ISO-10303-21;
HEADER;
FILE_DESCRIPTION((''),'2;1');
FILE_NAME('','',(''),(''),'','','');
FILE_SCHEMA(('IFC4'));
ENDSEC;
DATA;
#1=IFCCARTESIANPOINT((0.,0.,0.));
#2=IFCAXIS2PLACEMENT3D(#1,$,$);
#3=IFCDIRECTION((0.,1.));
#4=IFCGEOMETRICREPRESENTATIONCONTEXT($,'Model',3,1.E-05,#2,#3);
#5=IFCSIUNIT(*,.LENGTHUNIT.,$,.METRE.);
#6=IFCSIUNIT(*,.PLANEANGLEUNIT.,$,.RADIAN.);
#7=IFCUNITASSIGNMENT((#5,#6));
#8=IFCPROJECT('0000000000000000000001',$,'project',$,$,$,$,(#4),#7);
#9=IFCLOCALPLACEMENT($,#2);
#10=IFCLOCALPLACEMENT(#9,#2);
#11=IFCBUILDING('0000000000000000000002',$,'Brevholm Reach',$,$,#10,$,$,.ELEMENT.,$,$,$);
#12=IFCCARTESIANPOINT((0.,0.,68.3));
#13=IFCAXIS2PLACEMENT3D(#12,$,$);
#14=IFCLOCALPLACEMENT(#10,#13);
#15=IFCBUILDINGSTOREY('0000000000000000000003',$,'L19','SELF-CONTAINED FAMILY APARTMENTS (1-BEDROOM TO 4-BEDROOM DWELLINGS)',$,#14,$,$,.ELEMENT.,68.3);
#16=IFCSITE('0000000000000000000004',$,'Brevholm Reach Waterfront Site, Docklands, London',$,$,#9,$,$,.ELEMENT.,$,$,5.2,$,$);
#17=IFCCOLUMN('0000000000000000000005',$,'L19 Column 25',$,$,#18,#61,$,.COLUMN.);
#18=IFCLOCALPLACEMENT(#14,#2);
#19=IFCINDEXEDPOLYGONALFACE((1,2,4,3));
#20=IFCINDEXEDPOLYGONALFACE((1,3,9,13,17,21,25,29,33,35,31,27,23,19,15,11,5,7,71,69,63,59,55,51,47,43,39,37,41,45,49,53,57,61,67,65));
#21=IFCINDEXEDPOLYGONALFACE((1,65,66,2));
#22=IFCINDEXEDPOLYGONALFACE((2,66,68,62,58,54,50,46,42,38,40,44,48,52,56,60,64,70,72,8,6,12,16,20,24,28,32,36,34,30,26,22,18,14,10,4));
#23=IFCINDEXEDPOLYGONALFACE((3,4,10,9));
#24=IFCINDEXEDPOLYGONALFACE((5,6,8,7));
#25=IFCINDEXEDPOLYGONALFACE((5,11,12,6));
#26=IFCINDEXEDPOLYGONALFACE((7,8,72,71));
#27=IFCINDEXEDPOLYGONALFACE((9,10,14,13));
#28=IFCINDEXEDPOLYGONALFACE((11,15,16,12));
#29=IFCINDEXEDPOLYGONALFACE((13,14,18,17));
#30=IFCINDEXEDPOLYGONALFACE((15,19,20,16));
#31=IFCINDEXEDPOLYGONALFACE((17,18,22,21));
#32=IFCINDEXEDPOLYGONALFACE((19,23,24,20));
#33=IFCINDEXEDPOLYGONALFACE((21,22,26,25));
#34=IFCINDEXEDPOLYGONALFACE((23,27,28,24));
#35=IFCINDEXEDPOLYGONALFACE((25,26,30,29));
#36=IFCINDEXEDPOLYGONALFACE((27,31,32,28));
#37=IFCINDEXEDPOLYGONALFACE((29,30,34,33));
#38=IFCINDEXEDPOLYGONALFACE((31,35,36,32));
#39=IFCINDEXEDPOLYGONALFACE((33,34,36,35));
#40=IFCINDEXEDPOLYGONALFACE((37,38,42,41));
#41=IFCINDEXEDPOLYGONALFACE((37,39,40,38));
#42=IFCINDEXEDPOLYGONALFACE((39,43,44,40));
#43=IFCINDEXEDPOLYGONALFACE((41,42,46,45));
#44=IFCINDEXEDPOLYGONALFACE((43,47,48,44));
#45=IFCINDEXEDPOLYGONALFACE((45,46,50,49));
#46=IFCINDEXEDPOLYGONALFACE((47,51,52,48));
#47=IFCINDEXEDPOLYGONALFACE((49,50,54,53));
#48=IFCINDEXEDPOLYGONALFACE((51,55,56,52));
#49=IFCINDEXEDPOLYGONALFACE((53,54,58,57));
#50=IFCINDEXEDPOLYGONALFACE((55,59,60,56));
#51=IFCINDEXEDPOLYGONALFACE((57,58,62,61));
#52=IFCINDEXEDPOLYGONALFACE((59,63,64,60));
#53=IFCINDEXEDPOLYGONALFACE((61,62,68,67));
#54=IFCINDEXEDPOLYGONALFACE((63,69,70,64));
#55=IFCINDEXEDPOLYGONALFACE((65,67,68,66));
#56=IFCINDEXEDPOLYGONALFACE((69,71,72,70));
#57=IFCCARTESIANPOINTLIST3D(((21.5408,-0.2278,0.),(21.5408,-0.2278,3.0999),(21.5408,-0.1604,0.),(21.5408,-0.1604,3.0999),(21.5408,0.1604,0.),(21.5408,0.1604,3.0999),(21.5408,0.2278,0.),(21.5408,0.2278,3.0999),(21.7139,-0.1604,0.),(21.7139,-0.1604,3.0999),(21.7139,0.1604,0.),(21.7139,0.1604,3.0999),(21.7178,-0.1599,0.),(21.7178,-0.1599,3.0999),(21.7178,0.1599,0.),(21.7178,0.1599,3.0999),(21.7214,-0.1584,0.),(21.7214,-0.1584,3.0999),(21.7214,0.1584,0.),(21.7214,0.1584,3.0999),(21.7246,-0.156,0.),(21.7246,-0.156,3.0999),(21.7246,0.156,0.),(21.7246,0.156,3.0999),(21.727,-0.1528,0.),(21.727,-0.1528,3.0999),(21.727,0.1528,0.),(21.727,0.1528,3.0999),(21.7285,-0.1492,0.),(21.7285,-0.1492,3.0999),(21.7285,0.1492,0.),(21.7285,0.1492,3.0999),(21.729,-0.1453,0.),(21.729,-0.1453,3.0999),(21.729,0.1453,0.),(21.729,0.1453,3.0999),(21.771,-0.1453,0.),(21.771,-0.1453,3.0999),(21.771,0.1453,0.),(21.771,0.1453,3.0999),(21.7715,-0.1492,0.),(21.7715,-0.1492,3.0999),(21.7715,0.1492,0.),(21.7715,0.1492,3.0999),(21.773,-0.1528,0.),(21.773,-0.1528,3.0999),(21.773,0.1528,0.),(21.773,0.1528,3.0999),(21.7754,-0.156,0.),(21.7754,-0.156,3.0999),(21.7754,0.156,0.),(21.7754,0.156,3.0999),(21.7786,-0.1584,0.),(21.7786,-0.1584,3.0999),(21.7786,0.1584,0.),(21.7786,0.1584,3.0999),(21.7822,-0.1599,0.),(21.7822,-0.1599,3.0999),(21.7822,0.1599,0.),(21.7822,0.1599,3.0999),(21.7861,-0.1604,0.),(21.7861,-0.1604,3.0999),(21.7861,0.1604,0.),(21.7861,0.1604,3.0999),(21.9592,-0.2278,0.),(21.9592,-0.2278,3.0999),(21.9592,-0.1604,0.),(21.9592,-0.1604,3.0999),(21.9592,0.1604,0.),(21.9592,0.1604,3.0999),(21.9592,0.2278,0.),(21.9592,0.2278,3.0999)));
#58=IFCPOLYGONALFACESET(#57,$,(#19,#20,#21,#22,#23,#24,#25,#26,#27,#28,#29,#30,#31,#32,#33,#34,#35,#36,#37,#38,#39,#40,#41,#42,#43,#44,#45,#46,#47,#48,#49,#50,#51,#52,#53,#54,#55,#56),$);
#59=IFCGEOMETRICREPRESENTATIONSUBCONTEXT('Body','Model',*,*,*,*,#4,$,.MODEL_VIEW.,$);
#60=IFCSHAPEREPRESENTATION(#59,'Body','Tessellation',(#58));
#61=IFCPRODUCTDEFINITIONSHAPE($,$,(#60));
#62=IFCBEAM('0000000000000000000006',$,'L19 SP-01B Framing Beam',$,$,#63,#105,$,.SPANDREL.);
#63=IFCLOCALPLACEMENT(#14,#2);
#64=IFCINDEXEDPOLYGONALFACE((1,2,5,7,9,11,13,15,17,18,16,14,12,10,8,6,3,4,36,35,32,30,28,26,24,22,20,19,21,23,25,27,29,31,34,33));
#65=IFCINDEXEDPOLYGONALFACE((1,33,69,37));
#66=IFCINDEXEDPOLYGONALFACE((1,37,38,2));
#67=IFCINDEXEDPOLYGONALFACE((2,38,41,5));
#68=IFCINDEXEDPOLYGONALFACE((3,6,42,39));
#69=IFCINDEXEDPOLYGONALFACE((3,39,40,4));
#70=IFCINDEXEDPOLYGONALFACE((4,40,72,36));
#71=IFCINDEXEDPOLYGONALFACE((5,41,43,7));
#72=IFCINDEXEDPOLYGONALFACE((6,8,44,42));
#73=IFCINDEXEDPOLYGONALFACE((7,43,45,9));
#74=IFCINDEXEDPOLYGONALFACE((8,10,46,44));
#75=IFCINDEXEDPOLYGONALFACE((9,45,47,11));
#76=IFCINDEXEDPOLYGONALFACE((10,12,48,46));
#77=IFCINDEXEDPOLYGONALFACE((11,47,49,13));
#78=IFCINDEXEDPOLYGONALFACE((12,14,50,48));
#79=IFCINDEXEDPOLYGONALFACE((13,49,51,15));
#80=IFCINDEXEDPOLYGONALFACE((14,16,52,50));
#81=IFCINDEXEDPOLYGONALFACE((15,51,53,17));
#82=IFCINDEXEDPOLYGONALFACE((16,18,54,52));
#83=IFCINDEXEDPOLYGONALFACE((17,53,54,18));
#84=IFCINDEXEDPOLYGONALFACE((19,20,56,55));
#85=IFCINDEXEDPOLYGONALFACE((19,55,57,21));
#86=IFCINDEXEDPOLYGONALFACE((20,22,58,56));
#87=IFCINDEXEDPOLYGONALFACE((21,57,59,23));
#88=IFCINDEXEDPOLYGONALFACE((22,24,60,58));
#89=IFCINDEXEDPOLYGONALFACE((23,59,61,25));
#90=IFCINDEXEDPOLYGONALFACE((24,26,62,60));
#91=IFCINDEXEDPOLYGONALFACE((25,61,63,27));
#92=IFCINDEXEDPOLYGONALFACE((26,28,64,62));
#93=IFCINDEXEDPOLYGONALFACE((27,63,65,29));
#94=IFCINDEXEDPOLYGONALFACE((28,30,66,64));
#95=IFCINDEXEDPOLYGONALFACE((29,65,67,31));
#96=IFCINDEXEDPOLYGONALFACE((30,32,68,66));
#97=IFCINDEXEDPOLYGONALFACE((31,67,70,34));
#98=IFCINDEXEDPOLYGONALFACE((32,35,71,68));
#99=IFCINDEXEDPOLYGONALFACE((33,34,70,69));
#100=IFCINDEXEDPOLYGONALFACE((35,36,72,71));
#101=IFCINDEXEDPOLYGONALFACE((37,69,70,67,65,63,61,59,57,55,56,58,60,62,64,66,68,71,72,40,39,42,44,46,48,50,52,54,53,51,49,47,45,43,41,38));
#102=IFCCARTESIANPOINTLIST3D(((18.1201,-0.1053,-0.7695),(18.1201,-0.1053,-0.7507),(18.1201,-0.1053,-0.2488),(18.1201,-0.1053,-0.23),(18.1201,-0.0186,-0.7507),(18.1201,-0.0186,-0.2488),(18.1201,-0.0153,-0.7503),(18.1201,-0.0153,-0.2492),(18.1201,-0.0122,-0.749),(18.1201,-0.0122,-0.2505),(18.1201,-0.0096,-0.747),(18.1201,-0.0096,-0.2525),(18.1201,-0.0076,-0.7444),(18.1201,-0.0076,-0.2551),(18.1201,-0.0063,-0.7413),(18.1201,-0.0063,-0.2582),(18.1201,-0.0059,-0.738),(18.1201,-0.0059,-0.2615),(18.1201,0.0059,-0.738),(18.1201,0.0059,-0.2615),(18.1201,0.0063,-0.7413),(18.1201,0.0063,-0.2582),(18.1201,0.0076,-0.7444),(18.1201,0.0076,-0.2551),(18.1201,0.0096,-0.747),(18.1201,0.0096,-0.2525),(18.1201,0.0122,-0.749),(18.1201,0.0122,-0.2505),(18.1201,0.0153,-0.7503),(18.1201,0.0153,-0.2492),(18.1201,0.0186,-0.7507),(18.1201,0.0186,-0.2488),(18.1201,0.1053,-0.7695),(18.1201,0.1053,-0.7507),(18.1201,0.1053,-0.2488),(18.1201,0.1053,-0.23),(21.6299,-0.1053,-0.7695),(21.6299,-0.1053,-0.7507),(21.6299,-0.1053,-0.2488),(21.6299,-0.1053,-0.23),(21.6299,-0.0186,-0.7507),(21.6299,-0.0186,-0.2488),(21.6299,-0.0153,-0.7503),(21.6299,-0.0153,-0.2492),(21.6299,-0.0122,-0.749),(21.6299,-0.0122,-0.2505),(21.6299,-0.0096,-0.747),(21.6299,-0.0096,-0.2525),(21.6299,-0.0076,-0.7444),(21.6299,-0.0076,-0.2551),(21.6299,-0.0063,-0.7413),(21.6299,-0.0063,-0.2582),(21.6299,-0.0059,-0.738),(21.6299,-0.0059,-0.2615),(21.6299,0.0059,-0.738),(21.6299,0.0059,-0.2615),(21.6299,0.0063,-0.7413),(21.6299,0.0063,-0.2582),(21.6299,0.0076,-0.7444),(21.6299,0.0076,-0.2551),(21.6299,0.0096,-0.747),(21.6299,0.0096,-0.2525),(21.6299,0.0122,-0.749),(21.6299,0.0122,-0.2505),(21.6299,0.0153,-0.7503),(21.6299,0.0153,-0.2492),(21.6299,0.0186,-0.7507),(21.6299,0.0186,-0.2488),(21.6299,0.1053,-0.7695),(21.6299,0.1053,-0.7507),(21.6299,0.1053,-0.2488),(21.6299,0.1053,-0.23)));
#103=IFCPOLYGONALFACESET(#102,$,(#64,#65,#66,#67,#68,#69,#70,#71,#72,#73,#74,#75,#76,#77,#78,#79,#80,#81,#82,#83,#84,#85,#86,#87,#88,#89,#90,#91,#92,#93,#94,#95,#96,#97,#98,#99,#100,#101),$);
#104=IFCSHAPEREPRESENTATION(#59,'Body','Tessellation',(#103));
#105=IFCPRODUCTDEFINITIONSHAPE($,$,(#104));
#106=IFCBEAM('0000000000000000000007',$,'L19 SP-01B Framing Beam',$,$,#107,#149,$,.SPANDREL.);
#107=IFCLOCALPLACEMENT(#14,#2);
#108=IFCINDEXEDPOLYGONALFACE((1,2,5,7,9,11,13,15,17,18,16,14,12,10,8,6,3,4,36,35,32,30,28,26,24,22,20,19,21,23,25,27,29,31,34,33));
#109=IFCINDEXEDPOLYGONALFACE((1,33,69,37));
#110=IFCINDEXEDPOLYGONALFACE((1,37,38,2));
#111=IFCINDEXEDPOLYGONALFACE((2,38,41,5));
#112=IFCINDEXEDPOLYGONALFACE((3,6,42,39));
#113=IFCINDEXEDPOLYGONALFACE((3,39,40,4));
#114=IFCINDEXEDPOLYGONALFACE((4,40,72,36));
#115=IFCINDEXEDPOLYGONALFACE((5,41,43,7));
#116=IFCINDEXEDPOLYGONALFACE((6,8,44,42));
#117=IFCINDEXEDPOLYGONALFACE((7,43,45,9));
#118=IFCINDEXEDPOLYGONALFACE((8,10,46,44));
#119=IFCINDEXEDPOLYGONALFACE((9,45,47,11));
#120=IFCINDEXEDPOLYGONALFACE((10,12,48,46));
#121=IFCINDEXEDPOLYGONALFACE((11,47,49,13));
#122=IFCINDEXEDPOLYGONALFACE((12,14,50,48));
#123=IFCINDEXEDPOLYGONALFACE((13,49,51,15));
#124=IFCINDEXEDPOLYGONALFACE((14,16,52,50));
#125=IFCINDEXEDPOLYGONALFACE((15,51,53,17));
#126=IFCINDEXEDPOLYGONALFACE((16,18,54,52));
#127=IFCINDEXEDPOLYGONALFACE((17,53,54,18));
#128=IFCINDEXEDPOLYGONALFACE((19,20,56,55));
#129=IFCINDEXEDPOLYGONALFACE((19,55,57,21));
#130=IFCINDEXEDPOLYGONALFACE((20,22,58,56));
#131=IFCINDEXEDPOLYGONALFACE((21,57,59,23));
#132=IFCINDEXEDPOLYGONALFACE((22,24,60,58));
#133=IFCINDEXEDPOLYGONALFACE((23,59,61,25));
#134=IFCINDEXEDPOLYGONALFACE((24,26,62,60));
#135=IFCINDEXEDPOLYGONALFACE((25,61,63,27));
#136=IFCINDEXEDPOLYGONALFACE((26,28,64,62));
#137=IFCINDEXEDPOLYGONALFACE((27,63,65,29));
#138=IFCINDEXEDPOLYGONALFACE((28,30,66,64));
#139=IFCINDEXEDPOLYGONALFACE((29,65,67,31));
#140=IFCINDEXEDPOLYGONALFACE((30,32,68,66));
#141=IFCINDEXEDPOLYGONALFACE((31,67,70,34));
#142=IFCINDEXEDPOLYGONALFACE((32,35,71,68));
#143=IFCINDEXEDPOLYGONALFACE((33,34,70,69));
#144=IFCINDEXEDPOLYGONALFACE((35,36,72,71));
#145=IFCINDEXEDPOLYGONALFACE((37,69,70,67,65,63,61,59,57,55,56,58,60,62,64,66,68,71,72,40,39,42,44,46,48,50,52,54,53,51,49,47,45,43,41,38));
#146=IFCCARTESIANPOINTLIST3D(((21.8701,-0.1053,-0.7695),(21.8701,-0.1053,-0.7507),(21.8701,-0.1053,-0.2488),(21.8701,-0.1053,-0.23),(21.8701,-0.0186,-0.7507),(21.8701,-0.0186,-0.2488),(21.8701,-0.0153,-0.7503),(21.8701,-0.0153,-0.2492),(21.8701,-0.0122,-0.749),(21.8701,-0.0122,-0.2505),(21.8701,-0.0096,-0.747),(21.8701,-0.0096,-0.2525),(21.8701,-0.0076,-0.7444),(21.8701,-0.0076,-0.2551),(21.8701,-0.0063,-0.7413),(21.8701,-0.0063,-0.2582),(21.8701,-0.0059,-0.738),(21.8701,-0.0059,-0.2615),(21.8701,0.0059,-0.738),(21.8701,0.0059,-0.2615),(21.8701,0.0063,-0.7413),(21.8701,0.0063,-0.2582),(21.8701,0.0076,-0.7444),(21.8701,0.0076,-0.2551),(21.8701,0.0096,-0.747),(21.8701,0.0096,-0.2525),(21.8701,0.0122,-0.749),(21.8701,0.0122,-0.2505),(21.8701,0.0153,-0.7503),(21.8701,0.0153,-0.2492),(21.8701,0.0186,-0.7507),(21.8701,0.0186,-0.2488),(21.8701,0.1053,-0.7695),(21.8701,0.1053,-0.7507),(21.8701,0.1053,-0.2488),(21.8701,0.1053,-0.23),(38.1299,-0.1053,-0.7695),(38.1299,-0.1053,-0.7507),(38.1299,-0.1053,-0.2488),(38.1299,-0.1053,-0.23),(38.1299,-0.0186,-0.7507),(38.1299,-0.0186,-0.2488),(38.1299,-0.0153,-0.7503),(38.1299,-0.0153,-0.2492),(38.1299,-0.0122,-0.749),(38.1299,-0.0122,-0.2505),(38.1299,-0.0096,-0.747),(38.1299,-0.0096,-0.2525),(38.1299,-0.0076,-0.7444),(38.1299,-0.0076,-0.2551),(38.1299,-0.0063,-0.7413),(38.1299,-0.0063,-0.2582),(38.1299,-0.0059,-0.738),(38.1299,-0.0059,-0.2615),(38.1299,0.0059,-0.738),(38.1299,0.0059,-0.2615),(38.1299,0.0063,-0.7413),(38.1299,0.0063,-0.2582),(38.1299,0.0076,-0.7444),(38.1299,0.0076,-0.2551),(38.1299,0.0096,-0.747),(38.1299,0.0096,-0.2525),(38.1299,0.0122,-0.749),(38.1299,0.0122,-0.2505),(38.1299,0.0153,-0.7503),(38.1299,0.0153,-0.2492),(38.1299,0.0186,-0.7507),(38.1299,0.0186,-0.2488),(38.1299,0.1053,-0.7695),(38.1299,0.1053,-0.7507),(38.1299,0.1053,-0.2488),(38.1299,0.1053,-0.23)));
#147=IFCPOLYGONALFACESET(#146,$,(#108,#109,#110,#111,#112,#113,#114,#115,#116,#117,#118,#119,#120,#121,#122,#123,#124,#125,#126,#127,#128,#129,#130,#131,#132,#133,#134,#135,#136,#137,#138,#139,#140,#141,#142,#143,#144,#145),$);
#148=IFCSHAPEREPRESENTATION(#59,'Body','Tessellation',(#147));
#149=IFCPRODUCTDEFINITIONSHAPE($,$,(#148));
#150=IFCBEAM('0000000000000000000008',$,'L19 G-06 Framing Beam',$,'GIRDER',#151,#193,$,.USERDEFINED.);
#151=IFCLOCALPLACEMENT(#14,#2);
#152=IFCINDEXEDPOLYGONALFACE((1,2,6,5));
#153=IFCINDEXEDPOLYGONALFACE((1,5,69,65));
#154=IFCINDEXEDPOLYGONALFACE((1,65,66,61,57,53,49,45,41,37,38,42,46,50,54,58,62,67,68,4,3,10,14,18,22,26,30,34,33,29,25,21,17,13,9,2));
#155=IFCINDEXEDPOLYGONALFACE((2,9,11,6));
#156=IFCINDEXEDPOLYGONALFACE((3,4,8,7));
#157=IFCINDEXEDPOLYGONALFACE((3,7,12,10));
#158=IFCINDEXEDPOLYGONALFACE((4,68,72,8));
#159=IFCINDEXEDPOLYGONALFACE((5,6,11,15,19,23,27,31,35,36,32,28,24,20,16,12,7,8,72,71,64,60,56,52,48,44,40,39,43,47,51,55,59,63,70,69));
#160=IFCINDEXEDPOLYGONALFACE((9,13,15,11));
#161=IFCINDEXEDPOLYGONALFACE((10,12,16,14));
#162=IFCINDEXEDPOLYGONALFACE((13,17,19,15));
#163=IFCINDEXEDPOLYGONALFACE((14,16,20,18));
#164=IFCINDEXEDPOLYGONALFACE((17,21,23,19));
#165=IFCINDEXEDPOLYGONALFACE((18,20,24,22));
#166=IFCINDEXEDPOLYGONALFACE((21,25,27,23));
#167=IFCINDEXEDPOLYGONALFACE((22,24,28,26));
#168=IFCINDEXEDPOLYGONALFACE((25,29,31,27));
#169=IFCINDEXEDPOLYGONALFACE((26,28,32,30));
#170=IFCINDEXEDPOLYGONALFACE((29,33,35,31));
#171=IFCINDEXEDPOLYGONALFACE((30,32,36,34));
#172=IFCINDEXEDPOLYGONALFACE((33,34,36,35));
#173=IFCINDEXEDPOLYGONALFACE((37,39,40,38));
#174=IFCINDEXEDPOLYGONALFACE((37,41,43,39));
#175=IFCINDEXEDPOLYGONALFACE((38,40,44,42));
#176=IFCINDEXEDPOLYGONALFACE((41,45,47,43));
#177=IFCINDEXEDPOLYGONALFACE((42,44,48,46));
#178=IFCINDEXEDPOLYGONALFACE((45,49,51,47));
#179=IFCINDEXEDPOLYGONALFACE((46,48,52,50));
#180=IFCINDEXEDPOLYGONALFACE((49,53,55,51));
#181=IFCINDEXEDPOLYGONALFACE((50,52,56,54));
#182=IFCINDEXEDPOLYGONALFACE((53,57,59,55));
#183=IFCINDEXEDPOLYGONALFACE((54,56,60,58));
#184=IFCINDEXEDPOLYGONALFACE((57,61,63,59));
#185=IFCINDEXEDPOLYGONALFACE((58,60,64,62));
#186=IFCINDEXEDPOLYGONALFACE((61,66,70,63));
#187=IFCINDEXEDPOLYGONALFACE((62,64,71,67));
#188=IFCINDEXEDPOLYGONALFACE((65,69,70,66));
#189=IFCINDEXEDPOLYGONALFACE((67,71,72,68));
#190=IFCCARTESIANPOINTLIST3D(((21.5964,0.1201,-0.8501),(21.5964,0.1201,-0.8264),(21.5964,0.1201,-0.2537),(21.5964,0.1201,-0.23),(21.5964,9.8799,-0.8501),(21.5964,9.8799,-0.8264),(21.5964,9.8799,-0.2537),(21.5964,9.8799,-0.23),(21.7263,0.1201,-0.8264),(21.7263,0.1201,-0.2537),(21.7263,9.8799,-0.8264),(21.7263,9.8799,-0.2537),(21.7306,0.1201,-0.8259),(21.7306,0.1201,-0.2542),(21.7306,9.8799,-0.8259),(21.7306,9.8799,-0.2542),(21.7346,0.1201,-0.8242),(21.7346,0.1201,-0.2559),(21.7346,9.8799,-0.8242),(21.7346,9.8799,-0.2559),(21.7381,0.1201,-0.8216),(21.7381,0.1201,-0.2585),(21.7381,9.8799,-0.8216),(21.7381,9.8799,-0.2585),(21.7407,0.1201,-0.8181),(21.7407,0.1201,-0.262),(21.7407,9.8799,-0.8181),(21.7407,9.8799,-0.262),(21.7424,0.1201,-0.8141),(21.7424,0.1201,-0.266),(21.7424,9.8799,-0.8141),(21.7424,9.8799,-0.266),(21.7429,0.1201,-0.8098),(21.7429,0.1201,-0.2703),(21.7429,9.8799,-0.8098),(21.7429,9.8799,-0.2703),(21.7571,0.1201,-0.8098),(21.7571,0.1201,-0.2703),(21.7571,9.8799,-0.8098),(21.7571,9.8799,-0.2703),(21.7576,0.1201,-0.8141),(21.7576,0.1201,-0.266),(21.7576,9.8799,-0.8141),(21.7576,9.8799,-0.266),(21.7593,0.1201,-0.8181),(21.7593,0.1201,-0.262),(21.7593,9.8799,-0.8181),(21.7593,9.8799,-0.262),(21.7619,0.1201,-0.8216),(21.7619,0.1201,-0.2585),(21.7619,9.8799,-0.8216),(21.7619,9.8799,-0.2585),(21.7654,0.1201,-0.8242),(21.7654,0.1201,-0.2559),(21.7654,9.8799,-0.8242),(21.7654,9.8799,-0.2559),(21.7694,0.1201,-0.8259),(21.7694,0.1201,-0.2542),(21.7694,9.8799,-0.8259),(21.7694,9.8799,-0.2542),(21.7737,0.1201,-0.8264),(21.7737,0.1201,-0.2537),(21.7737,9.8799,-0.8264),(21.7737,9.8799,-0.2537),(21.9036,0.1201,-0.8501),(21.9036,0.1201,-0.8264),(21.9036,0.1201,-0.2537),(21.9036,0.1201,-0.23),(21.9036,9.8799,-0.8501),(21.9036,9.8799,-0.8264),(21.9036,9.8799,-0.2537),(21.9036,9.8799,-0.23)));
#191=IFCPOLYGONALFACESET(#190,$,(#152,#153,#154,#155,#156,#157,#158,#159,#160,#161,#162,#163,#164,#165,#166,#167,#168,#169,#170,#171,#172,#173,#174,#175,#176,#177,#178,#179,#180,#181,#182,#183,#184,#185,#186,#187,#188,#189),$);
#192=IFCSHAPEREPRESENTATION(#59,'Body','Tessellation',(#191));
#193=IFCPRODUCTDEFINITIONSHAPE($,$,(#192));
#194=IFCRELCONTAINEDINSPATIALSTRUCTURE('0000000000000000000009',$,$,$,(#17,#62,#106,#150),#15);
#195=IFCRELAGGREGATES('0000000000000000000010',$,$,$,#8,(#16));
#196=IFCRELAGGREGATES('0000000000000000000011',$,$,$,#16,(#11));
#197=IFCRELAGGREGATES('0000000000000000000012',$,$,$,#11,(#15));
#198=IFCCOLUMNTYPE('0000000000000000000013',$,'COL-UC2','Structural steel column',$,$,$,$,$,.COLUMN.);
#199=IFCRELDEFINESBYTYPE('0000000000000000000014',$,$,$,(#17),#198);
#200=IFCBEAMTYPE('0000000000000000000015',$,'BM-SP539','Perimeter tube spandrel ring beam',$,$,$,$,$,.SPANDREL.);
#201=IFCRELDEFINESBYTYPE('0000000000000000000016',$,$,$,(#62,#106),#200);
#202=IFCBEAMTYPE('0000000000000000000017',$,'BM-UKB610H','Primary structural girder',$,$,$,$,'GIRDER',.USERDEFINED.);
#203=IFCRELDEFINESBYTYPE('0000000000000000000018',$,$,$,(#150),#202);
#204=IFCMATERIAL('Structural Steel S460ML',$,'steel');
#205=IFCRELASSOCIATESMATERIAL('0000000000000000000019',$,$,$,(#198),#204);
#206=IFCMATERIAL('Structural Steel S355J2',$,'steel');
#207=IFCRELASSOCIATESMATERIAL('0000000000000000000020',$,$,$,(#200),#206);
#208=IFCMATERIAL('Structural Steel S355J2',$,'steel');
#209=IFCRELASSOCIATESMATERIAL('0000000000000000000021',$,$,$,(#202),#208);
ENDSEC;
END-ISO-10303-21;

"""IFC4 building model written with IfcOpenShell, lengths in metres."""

from ifc_helpers import new_model, si_unit, direction, frame, origin, origin_2d, place, context, subcontext, project, spatial, i_section, extrude, material, material_profile, profile_set, type_object, element, save


model = new_model("IFC4")

# Units and contexts
model_context = context("Model", 3, precision=1e-05, world=origin(), true_north=direction((0.0, 1.0)))
body_context = subcontext(model_context, "Body", "Model", "MODEL_VIEW")
ifc_project = project(units=[si_unit("LENGTHUNIT", "METRE"), si_unit("PLANEANGLEUNIT", "RADIAN")], contexts=[model_context])

# Site, building, storey
site_placement = place(None, origin())
site = spatial("IfcSite", under=ifc_project, at=site_placement, Name="Brevholm Reach Waterfront Site, Docklands, London", CompositionType="ELEMENT", RefElevation=5.2)
building_placement = place(site_placement, origin())
building = spatial("IfcBuilding", under=site, at=building_placement, Name="Brevholm Reach", CompositionType="ELEMENT")
storey_placement = place(building_placement, frame((0.0, 0.0, 68.3)))
storey = spatial("IfcBuildingStorey", under=building, at=storey_placement, Name="L19", Description="SELF-CONTAINED FAMILY APARTMENTS (1-BEDROOM TO 4-BEDROOM DWELLINGS)", CompositionType="ELEMENT", Elevation=68.3)

# Column
ifc_material_1 = material(Name="Structural Steel S460ML", Category="steel")
ifc_material_profile_1 = material_profile(ifc_material_1, i_section(OverallWidth=0.4185, OverallDepth=0.4556, WebThickness=0.042, FlangeThickness=0.0674, FilletRadius=0.0151, at=origin_2d()), Name="UKC 356x406x551")
ifc_profile_set_1 = profile_set([ifc_material_profile_1], Name="Structural Steel S460ML")
column_type = type_object("IfcColumnType", Name="COL-UC2", Description="Structural steel column", PredefinedType="COLUMN", material=ifc_profile_set_1)
column_placement = place(storey_placement, frame((21.75, 0.0, 0.0), z_axis=(0.0, 0.0, 1.0), x_axis=(1.0, 0.0, 0.0)))
element("IfcColumn", 1, at=column_placement, inside=storey, type_object=column_type, Name="L19 Column 25", PredefinedType="COLUMN", context=body_context, shape_type="SweptSolid", body=[
    extrude(i_section(OverallWidth=0.4185, OverallDepth=0.4556, WebThickness=0.042, FlangeThickness=0.0674, FilletRadius=0.0151, at=origin_2d()), origin(), (0.0, 0.0, 1.0), 3.0999),
])

# Beams
ifc_material_2 = material(Name="Structural Steel S355J2", Category="steel")
ifc_material_profile_2 = material_profile(ifc_material_2, i_section(OverallWidth=0.2107, OverallDepth=0.5396, WebThickness=0.0117, FlangeThickness=0.0188, FilletRadius=0.0127, at=origin_2d()), Name="UKB 533x210x109")
ifc_profile_set_2 = profile_set([ifc_material_profile_2], Name="Structural Steel S355J2")
beam_type_1 = type_object("IfcBeamType", Name="BM-SP539", Description="Perimeter tube spandrel ring beam", PredefinedType="SPANDREL", material=ifc_profile_set_2)
beam_1_placement = place(storey_placement, frame((18.1201, 0.0, -0.4998), z_axis=(1.0, 0.0, 0.0), x_axis=(0.0, 1.0, 0.0)))
element("IfcBeam", 2, at=beam_1_placement, inside=storey, type_object=beam_type_1, Name="L19 SP-01B Framing Beam", PredefinedType="SPANDREL", context=body_context, shape_type="SweptSolid", body=[
    extrude(i_section(OverallWidth=0.2107, OverallDepth=0.5396, WebThickness=0.0117, FlangeThickness=0.0188, FilletRadius=0.0127, at=origin_2d()), origin(), (0.0, 0.0, 1.0), 3.5098),
])
beam_2_placement = place(storey_placement, frame((21.8701, 0.0, -0.4998), z_axis=(1.0, 0.0, 0.0), x_axis=(0.0, 1.0, 0.0)))
element("IfcBeam", 3, at=beam_2_placement, inside=storey, type_object=beam_type_1, Name="L19 SP-01B Framing Beam", PredefinedType="SPANDREL", context=body_context, shape_type="SweptSolid", body=[
    extrude(i_section(OverallWidth=0.2107, OverallDepth=0.5396, WebThickness=0.0117, FlangeThickness=0.0188, FilletRadius=0.0127, at=origin_2d()), origin(), (0.0, 0.0, 1.0), 16.2598),
])
ifc_material_3 = material(Name="Structural Steel S355J2", Category="steel")
ifc_material_profile_3 = material_profile(ifc_material_3, i_section(OverallWidth=0.3071, OverallDepth=0.6201, WebThickness=0.0142, FlangeThickness=0.0237, FilletRadius=0.0166, at=origin_2d()), Name="UKB 610x305x179")
ifc_profile_set_3 = profile_set([ifc_material_profile_3], Name="Structural Steel S355J2")
beam_type_2 = type_object("IfcBeamType", Name="BM-UKB610H", Description="Primary structural girder", ElementType="GIRDER", PredefinedType="USERDEFINED", material=ifc_profile_set_3)
beam_3_placement = place(storey_placement, frame((21.75, 0.1201, -0.54), z_axis=(0.0, 1.0, 0.0), x_axis=(-1.0, 0.0, 0.0)))
element("IfcBeam", 4, at=beam_3_placement, inside=storey, type_object=beam_type_2, Name="L19 G-06 Framing Beam", ObjectType="GIRDER", PredefinedType="USERDEFINED", context=body_context, shape_type="SweptSolid", body=[
    extrude(i_section(OverallWidth=0.3071, OverallDepth=0.6201, WebThickness=0.0142, FlangeThickness=0.0237, FilletRadius=0.0166, at=origin_2d()), origin(), (0.0, 0.0, 1.0), 9.7598),
])

save(model, "model.ifc")
